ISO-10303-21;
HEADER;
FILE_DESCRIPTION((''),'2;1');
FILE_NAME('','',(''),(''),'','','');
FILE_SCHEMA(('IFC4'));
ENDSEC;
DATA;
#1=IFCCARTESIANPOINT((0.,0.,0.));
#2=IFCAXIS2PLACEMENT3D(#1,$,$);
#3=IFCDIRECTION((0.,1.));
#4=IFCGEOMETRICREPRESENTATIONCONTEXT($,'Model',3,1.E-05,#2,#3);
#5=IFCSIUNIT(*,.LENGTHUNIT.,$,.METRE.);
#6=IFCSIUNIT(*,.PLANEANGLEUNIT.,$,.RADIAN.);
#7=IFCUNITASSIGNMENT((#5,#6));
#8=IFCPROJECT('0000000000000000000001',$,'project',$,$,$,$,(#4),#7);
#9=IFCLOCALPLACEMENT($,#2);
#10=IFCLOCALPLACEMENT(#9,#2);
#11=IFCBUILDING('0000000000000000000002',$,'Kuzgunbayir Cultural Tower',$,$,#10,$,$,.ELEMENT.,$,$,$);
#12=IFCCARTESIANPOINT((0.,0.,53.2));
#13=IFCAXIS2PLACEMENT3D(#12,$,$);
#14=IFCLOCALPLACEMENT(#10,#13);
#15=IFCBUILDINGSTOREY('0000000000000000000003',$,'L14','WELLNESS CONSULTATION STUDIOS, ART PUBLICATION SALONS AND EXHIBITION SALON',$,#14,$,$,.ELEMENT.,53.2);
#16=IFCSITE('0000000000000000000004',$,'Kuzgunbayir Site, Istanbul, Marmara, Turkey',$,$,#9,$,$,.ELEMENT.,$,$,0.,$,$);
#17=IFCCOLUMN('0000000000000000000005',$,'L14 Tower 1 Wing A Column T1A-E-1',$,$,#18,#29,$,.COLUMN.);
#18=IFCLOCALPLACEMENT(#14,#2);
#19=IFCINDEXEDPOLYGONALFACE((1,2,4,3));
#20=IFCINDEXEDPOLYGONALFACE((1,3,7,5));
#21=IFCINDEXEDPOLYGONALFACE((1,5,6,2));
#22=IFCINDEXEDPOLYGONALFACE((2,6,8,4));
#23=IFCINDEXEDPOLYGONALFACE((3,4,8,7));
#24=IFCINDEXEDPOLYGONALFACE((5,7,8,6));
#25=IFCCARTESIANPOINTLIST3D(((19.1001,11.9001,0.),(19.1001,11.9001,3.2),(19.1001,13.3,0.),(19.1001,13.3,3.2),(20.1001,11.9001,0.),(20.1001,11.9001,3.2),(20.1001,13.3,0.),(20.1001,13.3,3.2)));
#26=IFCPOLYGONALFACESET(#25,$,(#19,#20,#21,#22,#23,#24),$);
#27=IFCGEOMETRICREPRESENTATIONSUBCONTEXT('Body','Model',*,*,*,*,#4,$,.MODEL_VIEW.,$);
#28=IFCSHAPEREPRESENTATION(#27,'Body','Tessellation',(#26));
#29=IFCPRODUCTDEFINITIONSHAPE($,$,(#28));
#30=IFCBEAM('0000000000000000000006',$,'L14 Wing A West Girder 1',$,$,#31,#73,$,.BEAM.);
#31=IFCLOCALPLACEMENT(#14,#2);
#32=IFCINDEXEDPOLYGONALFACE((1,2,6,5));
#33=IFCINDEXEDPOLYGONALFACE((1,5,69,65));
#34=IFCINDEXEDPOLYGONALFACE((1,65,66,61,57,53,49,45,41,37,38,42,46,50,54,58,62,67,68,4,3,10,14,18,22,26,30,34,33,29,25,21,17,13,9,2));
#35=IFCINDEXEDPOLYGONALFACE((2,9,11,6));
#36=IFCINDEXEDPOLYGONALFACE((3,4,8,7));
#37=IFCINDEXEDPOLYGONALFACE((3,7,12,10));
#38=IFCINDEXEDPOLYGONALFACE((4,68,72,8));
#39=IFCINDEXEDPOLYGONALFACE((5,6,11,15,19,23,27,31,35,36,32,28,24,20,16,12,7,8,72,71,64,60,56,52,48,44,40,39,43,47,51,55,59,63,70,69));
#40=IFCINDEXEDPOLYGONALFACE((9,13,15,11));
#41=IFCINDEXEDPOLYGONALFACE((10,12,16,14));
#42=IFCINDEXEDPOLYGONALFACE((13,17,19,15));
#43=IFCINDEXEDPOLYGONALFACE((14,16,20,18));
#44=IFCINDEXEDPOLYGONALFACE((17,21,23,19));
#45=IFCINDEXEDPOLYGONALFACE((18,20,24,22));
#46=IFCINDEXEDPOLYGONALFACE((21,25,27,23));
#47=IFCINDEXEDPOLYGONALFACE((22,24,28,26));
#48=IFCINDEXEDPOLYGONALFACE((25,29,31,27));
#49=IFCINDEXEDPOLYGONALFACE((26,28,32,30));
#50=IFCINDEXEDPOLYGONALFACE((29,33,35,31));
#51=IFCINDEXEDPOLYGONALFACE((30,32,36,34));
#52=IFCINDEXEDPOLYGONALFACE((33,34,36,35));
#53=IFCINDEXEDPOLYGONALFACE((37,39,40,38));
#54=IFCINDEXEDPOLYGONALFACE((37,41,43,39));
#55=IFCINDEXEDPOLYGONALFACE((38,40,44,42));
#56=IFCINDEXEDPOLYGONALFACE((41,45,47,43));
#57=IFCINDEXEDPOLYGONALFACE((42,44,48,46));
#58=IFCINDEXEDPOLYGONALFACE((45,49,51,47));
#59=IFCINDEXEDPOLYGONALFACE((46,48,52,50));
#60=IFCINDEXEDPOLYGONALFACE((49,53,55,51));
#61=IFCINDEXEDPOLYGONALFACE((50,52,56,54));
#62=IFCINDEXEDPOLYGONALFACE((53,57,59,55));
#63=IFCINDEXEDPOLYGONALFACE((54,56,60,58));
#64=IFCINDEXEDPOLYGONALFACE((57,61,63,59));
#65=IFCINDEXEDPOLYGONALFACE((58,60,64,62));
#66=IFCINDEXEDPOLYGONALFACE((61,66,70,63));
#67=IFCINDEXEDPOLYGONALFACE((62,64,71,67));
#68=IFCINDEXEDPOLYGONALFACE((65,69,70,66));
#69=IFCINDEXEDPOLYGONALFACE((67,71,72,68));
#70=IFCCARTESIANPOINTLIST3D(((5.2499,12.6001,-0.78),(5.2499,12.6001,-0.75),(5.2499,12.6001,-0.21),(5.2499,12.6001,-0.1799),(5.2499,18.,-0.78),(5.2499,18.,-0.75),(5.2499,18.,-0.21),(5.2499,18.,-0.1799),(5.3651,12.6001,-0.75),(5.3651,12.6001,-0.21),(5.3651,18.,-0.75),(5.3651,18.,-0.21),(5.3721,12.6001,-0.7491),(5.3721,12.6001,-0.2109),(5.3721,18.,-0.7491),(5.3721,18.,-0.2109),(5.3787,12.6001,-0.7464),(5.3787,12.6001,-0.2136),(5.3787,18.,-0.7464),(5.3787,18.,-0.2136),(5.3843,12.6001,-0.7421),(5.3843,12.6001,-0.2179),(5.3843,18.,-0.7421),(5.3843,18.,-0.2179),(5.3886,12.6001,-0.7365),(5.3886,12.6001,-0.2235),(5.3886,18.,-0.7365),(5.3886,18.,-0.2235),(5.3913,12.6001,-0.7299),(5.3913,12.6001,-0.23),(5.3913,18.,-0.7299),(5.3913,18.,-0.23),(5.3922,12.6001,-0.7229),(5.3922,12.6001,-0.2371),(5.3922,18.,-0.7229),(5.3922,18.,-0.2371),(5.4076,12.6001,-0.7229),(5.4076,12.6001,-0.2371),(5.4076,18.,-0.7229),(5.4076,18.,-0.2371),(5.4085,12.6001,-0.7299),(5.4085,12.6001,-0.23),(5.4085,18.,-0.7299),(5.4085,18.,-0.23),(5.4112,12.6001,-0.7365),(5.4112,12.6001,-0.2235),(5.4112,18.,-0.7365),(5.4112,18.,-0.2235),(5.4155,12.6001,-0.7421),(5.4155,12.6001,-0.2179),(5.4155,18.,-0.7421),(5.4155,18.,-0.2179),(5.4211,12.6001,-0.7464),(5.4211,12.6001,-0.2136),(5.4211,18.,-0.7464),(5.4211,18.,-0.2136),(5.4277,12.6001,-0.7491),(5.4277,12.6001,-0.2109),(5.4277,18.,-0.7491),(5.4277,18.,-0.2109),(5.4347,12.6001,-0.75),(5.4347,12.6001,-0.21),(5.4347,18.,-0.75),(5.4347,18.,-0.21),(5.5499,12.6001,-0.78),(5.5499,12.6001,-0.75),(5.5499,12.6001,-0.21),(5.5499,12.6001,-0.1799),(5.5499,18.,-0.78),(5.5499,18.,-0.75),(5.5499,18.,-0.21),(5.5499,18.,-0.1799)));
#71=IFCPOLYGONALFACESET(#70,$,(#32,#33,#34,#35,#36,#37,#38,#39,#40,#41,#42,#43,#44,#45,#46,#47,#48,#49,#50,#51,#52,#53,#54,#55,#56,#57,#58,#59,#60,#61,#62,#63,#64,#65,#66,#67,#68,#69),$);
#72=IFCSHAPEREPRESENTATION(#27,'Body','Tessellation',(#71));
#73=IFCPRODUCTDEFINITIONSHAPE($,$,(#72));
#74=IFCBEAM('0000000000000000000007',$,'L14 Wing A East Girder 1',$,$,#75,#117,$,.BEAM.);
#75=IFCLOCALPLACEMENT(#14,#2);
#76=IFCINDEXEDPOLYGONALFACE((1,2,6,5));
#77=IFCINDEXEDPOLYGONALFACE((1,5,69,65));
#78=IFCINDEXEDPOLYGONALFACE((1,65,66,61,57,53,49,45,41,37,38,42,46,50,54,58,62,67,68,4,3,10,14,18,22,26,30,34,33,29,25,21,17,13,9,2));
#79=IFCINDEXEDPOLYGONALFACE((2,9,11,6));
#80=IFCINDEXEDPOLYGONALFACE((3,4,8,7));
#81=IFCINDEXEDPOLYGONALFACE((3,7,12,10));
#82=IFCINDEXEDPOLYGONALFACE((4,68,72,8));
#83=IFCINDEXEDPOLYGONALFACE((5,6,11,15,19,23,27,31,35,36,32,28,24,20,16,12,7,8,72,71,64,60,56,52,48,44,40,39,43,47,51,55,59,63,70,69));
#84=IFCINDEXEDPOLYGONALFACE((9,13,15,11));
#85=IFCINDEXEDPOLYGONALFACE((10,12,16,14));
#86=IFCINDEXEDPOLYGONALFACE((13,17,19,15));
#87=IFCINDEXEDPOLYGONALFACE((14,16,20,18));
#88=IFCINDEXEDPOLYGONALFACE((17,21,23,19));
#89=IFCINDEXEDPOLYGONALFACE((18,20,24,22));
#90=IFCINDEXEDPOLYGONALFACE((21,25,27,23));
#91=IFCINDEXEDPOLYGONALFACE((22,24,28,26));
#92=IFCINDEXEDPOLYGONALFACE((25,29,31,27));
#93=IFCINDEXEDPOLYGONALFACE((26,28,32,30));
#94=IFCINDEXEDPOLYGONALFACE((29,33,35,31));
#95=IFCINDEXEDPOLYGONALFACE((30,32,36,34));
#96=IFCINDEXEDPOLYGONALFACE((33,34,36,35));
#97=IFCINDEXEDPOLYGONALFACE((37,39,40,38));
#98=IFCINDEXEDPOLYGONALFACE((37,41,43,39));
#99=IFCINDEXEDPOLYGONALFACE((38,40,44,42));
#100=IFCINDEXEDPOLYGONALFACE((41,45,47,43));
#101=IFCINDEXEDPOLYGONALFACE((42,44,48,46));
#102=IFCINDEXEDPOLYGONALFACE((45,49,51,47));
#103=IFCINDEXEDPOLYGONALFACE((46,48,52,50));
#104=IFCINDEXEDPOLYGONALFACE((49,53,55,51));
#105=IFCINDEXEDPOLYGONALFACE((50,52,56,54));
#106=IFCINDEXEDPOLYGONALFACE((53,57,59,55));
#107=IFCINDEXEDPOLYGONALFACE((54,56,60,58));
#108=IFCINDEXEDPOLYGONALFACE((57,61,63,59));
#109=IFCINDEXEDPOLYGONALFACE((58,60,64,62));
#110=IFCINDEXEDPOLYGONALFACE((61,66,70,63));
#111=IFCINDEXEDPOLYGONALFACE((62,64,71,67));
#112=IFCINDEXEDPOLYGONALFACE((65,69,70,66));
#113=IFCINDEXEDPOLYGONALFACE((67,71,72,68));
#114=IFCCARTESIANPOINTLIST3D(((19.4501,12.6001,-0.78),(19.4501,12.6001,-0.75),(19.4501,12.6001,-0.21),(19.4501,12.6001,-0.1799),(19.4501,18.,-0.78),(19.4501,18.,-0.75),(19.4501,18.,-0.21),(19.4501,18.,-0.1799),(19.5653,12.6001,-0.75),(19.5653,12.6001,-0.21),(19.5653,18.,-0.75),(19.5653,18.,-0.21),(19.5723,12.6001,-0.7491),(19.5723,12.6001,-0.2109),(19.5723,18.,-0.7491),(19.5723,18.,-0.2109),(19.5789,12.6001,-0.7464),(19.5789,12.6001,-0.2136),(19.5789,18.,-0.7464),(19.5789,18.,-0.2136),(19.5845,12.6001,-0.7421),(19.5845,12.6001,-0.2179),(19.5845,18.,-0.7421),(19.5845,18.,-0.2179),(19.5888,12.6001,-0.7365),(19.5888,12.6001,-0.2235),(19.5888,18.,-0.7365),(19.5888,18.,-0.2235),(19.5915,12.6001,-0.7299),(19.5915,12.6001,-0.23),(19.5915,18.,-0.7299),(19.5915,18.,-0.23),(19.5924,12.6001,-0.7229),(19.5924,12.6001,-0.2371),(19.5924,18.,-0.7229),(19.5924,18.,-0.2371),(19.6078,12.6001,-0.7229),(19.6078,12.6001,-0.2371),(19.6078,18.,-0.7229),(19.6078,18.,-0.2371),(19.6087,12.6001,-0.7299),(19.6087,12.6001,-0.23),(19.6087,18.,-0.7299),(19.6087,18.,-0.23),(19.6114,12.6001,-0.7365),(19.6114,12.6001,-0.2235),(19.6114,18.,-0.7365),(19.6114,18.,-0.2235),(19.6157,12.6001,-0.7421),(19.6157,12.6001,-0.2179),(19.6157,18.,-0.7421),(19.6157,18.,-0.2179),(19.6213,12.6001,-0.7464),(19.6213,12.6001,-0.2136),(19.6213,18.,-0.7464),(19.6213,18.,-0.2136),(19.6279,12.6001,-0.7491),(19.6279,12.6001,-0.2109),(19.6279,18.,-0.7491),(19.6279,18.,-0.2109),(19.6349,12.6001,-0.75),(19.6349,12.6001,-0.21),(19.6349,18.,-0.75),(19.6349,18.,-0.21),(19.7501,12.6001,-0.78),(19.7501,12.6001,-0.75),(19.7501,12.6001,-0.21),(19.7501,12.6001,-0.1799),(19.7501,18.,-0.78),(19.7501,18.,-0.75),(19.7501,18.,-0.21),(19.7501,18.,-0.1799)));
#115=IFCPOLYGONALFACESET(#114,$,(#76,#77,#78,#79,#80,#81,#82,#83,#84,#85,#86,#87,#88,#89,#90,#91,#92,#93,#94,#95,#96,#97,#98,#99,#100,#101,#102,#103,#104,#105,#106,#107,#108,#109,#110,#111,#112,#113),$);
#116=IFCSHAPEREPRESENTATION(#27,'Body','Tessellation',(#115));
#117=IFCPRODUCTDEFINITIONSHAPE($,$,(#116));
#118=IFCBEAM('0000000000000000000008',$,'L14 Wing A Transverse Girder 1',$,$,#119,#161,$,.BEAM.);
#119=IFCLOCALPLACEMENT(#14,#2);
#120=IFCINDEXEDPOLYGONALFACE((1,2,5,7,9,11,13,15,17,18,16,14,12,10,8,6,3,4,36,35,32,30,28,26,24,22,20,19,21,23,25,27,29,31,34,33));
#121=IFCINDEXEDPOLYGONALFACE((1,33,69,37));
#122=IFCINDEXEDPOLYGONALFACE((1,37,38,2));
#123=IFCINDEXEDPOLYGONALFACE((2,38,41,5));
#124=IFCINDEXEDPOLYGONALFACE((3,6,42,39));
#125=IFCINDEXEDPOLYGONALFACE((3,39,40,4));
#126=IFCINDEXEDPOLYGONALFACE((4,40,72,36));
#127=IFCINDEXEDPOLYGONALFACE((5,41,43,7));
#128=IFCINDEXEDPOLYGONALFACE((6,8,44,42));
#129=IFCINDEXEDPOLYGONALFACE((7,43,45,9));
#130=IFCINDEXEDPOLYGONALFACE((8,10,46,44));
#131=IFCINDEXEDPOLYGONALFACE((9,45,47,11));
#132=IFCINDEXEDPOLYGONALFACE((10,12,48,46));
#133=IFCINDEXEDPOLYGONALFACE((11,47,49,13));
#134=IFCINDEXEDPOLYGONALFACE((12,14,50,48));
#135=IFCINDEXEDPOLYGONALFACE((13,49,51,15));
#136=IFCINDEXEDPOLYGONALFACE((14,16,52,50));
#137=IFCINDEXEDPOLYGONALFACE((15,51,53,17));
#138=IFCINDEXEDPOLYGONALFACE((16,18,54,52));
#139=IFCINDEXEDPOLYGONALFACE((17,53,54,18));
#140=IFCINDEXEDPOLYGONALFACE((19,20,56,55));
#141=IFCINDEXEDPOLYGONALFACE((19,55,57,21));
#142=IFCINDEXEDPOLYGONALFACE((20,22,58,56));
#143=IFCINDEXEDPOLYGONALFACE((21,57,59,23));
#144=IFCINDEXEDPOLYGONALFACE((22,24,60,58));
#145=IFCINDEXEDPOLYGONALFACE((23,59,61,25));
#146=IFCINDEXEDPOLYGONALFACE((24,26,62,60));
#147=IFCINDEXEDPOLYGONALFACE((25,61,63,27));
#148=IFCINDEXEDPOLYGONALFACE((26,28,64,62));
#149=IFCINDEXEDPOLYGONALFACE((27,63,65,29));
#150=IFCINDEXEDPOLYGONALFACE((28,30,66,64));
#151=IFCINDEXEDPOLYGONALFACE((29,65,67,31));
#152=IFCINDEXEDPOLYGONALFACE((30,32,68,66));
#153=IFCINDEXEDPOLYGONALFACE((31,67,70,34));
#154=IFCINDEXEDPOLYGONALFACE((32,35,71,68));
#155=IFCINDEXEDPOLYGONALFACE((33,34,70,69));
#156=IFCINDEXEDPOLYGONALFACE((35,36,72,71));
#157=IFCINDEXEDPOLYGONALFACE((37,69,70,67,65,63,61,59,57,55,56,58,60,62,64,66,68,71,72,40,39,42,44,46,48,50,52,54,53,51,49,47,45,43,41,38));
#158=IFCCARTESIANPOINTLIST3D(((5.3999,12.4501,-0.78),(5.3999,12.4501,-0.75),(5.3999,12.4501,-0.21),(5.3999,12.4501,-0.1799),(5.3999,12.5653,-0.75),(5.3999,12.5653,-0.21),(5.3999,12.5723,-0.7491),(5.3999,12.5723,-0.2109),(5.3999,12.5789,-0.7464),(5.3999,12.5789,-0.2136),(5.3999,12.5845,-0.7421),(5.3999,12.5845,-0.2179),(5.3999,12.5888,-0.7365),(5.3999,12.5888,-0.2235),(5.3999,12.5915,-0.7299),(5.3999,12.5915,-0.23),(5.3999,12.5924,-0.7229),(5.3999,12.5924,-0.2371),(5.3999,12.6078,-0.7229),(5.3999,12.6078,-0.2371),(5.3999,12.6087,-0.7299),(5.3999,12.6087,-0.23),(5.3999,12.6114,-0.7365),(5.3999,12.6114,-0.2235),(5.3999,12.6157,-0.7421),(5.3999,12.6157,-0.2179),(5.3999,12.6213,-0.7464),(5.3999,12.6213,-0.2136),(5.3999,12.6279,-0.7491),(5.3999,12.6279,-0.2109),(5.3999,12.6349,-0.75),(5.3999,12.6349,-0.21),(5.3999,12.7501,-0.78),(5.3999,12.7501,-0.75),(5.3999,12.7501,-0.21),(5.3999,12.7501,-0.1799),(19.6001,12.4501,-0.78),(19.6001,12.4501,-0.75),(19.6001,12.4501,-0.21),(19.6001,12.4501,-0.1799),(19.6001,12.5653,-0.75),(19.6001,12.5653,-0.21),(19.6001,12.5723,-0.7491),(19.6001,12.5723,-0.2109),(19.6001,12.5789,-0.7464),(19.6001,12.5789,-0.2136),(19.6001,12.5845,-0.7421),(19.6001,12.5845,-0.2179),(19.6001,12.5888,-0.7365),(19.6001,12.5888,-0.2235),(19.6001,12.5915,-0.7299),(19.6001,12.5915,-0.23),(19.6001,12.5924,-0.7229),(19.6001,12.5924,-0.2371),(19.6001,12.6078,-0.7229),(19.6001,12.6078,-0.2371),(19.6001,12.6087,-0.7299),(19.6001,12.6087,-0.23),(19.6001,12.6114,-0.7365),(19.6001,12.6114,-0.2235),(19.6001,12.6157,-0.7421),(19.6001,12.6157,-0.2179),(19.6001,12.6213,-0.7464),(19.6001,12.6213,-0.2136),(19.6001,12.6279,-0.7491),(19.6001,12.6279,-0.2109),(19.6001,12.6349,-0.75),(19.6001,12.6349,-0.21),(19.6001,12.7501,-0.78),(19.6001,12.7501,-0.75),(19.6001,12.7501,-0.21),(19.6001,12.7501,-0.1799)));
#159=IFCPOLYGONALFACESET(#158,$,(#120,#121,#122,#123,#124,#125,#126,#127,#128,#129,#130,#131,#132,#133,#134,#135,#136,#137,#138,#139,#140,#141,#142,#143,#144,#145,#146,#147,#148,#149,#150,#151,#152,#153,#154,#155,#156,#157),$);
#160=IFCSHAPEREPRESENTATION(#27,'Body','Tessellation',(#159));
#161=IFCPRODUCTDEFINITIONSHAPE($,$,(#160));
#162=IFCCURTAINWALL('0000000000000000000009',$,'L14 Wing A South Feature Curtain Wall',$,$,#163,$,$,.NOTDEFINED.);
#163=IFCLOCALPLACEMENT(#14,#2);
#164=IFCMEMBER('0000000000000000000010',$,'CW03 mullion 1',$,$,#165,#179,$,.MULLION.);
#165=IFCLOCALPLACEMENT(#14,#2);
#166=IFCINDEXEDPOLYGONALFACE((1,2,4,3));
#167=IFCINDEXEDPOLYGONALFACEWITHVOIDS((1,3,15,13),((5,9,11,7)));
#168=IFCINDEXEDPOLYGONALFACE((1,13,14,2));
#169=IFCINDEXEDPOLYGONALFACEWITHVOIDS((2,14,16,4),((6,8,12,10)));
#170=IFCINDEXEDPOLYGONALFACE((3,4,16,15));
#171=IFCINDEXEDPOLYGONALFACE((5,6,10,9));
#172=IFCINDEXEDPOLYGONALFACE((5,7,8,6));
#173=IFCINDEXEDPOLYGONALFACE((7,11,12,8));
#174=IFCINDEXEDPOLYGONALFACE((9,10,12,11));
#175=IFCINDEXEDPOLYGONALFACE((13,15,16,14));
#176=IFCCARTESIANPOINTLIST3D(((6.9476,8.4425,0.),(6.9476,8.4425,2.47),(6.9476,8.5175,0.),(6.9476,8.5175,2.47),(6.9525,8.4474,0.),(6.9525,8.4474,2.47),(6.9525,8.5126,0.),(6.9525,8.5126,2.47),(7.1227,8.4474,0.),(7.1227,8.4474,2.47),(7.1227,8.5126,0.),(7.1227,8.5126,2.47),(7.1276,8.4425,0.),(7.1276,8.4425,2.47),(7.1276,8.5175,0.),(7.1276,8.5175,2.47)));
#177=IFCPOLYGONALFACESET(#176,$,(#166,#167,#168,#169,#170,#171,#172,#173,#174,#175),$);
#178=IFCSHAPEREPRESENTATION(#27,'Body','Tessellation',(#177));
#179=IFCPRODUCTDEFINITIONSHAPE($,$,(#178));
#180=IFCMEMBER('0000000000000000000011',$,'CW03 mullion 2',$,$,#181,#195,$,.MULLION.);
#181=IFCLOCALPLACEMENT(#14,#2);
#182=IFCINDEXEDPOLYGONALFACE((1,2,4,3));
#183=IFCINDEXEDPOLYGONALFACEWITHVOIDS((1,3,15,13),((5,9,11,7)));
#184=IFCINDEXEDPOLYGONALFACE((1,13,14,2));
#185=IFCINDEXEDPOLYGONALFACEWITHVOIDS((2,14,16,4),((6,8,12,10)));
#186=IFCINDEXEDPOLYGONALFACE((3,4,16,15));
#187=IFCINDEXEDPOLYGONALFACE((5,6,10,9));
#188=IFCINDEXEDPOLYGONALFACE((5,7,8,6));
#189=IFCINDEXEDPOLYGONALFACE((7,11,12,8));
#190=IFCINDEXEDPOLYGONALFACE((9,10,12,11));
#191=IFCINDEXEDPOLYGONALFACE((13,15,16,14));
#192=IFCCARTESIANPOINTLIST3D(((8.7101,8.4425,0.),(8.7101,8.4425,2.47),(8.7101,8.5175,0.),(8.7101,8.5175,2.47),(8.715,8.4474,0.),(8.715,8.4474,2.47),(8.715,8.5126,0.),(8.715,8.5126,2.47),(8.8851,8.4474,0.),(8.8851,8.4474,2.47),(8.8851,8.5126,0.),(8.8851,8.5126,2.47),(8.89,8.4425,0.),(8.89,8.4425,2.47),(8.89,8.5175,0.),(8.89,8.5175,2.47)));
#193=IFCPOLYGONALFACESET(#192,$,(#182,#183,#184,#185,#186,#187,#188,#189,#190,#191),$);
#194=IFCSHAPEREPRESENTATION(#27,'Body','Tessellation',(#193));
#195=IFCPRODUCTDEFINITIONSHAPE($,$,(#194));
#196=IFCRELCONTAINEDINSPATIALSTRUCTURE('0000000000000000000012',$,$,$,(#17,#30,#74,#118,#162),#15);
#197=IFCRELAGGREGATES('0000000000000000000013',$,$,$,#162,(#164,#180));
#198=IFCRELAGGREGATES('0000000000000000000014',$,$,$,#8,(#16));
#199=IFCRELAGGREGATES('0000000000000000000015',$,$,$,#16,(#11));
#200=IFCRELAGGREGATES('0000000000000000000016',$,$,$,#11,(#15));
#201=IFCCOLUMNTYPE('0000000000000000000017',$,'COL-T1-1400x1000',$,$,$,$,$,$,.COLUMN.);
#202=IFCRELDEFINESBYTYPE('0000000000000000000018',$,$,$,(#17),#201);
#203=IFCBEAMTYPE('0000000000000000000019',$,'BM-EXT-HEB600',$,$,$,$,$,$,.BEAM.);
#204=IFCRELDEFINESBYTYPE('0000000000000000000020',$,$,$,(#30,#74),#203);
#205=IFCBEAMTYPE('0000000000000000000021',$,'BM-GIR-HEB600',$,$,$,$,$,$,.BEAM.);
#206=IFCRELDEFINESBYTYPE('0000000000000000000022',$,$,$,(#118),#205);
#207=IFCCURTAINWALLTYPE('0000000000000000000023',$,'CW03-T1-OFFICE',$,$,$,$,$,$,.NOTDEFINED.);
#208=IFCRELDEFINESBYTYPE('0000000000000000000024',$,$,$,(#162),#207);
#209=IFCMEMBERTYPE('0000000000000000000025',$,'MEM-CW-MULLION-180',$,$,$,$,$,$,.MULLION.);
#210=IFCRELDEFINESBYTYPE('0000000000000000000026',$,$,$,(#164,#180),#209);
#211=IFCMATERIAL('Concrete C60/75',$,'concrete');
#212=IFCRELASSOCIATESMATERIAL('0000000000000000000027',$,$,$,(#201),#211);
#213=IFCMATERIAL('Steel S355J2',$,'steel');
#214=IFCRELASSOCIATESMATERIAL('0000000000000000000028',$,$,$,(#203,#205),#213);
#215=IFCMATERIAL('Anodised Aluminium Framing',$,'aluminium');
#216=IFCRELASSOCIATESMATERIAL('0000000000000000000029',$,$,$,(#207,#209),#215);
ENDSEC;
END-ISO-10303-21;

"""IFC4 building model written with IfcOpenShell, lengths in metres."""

from ifc_helpers import new_model, si_unit, direction, frame, origin, origin_2d, place, context, subcontext, project, spatial, rectangle, hollow_rectangle, i_section, extrude, material, material_profile, profile_set, type_object, element, aggregate, save


model = new_model("IFC4")

# Units and contexts
model_context = context("Model", 3, precision=1e-05, world=origin(), true_north=direction((0.0, 1.0)))
body_context = subcontext(model_context, "Body", "Model", "MODEL_VIEW")
ifc_project = project(units=[si_unit("LENGTHUNIT", "METRE"), si_unit("PLANEANGLEUNIT", "RADIAN")], contexts=[model_context])

# Site, building, storey
site_placement = place(None, origin())
site = spatial("IfcSite", under=ifc_project, at=site_placement, Name="Kuzgunbayir Site, Istanbul, Marmara, Turkey", CompositionType="ELEMENT", RefElevation=0.0)
building_placement = place(site_placement, origin())
building = spatial("IfcBuilding", under=site, at=building_placement, Name="Kuzgunbayir Cultural Tower", CompositionType="ELEMENT")
storey_placement = place(building_placement, frame((0.0, 0.0, 53.2)))
storey = spatial("IfcBuildingStorey", under=building, at=storey_placement, Name="L14", Description="WELLNESS CONSULTATION STUDIOS, ART PUBLICATION SALONS AND EXHIBITION SALON", CompositionType="ELEMENT", Elevation=53.2)

# Column
ifc_material_1 = material(Name="Concrete C60/75", Category="concrete")
ifc_material_profile_1 = material_profile(ifc_material_1, rectangle(XDim=1.0, YDim=1.3999, at=origin_2d()), Name="RC 1400x1000")
ifc_profile_set_1 = profile_set([ifc_material_profile_1], Name="Concrete C60/75")
column_type = type_object("IfcColumnType", Name="COL-T1-1400x1000", PredefinedType="COLUMN", material=ifc_profile_set_1)
column_placement = place(storey_placement, frame((19.6001, 12.6001, 0.0), z_axis=(0.0, 0.0, 1.0), x_axis=(1.0, 0.0, 0.0)))
element("IfcColumn", 1, at=column_placement, inside=storey, type_object=column_type, Name="L14 Tower 1 Wing A Column T1A-E-1", PredefinedType="COLUMN", context=body_context, shape_type="SweptSolid", body=[
    extrude(rectangle(XDim=1.0, YDim=1.3999, at=origin_2d()), origin(), (0.0, 0.0, 1.0), 3.2),
])

# Beams
ifc_material_2 = material(Name="Steel S355J2", Category="steel")
ifc_material_profile_2 = material_profile(ifc_material_2, i_section(OverallWidth=0.3, OverallDepth=0.6001, WebThickness=0.0154, FlangeThickness=0.03, FilletRadius=0.0271, at=origin_2d()), Name="HEB 600")
ifc_profile_set_2 = profile_set([ifc_material_profile_2], Name="Steel S355J2")
beam_type_1 = type_object("IfcBeamType", Name="BM-EXT-HEB600", PredefinedType="BEAM", material=ifc_profile_set_2)
for number, where, z_axis, x_axis, name in (
    (2, (5.3999, 12.6001, -0.48), (0.0, 1.0, 0.0), (-1.0, 0.0, 0.0), "L14 Wing A West Girder 1"),
    (3, (19.6001, 12.6001, -0.48), (0.0, 1.0, 0.0), (-1.0, 0.0, 0.0), "L14 Wing A East Girder 1"),
):
    element("IfcBeam", number, at=place(storey_placement, frame(where, z_axis=z_axis, x_axis=x_axis)), inside=storey, type_object=beam_type_1, Name=name, PredefinedType="BEAM", context=body_context, shape_type="SweptSolid", body=[
        extrude(i_section(OverallWidth=0.3, OverallDepth=0.6001, WebThickness=0.0154, FlangeThickness=0.03, FilletRadius=0.0271, at=origin_2d()), origin(), (0.0, 0.0, 1.0), 5.3999),
    ])
ifc_material_profile_3 = material_profile(ifc_material_2, i_section(OverallWidth=0.3, OverallDepth=0.6001, WebThickness=0.0154, FlangeThickness=0.03, FilletRadius=0.0271, at=origin_2d()), Name="HEB 600")
ifc_profile_set_3 = profile_set([ifc_material_profile_3], Name="Steel S355J2")
beam_type_2 = type_object("IfcBeamType", Name="BM-GIR-HEB600", PredefinedType="BEAM", material=ifc_profile_set_3)
beam_placement = place(storey_placement, frame((5.3999, 12.6001, -0.48), z_axis=(1.0, 0.0, 0.0), x_axis=(0.0, 1.0, 0.0)))
element("IfcBeam", 4, at=beam_placement, inside=storey, type_object=beam_type_2, Name="L14 Wing A Transverse Girder 1", PredefinedType="BEAM", context=body_context, shape_type="SweptSolid", body=[
    extrude(i_section(OverallWidth=0.3, OverallDepth=0.6001, WebThickness=0.0154, FlangeThickness=0.03, FilletRadius=0.0271, at=origin_2d()), origin(), (0.0, 0.0, 1.0), 14.2002),
])

# Curtain wall, members
ifc_material_3 = material(Name="Anodised Aluminium Framing", Category="aluminium")
curtain_wall_type = type_object("IfcCurtainWallType", Name="CW03-T1-OFFICE", PredefinedType="NOTDEFINED", material=ifc_material_3)
curtain_wall_placement = place(storey_placement, origin())
curtain_wall = element("IfcCurtainWall", 5, at=curtain_wall_placement, inside=storey, type_object=curtain_wall_type, Name="L14 Wing A South Feature Curtain Wall", PredefinedType="NOTDEFINED")
ifc_material_profile_4 = material_profile(ifc_material_3, hollow_rectangle(XDim=0.075, YDim=0.1799, WallThickness=0.0049, at=origin_2d()), Name="RHS 180x75x5")
ifc_profile_set_4 = profile_set([ifc_material_profile_4], Name="Anodised Aluminium Framing")
member_type_1 = type_object("IfcMemberType", Name="MEM-CW-MULLION-180", PredefinedType="MULLION", material=ifc_profile_set_4)
member_1_placement = place(storey_placement, frame((7.0376, 8.48, 0.0), z_axis=(0.0, 0.0, 1.0), x_axis=(0.0, 1.0, 0.0)))
member_1 = element("IfcMember", 6, at=member_1_placement, type_object=member_type_1, Name="CW03 mullion 1", PredefinedType="MULLION", context=body_context, shape_type="SweptSolid", body=[
    extrude(hollow_rectangle(XDim=0.075, YDim=0.1799, WallThickness=0.0049, at=origin_2d()), origin(), (0.0, 0.0, 1.0), 2.47),
])
member_2_placement = place(storey_placement, frame((8.8, 8.48, 0.0), z_axis=(0.0, 0.0, 1.0), x_axis=(0.0, 1.0, 0.0)))
member_2 = element("IfcMember", 7, at=member_2_placement, type_object=member_type_1, Name="CW03 mullion 2", PredefinedType="MULLION", context=body_context, shape_type="SweptSolid", body=[
    extrude(hollow_rectangle(XDim=0.075, YDim=0.1799, WallThickness=0.0049, at=origin_2d()), origin(), (0.0, 0.0, 1.0), 2.47),
])
aggregate(curtain_wall, [member_1, member_2])

save(model, "model.ifc")
